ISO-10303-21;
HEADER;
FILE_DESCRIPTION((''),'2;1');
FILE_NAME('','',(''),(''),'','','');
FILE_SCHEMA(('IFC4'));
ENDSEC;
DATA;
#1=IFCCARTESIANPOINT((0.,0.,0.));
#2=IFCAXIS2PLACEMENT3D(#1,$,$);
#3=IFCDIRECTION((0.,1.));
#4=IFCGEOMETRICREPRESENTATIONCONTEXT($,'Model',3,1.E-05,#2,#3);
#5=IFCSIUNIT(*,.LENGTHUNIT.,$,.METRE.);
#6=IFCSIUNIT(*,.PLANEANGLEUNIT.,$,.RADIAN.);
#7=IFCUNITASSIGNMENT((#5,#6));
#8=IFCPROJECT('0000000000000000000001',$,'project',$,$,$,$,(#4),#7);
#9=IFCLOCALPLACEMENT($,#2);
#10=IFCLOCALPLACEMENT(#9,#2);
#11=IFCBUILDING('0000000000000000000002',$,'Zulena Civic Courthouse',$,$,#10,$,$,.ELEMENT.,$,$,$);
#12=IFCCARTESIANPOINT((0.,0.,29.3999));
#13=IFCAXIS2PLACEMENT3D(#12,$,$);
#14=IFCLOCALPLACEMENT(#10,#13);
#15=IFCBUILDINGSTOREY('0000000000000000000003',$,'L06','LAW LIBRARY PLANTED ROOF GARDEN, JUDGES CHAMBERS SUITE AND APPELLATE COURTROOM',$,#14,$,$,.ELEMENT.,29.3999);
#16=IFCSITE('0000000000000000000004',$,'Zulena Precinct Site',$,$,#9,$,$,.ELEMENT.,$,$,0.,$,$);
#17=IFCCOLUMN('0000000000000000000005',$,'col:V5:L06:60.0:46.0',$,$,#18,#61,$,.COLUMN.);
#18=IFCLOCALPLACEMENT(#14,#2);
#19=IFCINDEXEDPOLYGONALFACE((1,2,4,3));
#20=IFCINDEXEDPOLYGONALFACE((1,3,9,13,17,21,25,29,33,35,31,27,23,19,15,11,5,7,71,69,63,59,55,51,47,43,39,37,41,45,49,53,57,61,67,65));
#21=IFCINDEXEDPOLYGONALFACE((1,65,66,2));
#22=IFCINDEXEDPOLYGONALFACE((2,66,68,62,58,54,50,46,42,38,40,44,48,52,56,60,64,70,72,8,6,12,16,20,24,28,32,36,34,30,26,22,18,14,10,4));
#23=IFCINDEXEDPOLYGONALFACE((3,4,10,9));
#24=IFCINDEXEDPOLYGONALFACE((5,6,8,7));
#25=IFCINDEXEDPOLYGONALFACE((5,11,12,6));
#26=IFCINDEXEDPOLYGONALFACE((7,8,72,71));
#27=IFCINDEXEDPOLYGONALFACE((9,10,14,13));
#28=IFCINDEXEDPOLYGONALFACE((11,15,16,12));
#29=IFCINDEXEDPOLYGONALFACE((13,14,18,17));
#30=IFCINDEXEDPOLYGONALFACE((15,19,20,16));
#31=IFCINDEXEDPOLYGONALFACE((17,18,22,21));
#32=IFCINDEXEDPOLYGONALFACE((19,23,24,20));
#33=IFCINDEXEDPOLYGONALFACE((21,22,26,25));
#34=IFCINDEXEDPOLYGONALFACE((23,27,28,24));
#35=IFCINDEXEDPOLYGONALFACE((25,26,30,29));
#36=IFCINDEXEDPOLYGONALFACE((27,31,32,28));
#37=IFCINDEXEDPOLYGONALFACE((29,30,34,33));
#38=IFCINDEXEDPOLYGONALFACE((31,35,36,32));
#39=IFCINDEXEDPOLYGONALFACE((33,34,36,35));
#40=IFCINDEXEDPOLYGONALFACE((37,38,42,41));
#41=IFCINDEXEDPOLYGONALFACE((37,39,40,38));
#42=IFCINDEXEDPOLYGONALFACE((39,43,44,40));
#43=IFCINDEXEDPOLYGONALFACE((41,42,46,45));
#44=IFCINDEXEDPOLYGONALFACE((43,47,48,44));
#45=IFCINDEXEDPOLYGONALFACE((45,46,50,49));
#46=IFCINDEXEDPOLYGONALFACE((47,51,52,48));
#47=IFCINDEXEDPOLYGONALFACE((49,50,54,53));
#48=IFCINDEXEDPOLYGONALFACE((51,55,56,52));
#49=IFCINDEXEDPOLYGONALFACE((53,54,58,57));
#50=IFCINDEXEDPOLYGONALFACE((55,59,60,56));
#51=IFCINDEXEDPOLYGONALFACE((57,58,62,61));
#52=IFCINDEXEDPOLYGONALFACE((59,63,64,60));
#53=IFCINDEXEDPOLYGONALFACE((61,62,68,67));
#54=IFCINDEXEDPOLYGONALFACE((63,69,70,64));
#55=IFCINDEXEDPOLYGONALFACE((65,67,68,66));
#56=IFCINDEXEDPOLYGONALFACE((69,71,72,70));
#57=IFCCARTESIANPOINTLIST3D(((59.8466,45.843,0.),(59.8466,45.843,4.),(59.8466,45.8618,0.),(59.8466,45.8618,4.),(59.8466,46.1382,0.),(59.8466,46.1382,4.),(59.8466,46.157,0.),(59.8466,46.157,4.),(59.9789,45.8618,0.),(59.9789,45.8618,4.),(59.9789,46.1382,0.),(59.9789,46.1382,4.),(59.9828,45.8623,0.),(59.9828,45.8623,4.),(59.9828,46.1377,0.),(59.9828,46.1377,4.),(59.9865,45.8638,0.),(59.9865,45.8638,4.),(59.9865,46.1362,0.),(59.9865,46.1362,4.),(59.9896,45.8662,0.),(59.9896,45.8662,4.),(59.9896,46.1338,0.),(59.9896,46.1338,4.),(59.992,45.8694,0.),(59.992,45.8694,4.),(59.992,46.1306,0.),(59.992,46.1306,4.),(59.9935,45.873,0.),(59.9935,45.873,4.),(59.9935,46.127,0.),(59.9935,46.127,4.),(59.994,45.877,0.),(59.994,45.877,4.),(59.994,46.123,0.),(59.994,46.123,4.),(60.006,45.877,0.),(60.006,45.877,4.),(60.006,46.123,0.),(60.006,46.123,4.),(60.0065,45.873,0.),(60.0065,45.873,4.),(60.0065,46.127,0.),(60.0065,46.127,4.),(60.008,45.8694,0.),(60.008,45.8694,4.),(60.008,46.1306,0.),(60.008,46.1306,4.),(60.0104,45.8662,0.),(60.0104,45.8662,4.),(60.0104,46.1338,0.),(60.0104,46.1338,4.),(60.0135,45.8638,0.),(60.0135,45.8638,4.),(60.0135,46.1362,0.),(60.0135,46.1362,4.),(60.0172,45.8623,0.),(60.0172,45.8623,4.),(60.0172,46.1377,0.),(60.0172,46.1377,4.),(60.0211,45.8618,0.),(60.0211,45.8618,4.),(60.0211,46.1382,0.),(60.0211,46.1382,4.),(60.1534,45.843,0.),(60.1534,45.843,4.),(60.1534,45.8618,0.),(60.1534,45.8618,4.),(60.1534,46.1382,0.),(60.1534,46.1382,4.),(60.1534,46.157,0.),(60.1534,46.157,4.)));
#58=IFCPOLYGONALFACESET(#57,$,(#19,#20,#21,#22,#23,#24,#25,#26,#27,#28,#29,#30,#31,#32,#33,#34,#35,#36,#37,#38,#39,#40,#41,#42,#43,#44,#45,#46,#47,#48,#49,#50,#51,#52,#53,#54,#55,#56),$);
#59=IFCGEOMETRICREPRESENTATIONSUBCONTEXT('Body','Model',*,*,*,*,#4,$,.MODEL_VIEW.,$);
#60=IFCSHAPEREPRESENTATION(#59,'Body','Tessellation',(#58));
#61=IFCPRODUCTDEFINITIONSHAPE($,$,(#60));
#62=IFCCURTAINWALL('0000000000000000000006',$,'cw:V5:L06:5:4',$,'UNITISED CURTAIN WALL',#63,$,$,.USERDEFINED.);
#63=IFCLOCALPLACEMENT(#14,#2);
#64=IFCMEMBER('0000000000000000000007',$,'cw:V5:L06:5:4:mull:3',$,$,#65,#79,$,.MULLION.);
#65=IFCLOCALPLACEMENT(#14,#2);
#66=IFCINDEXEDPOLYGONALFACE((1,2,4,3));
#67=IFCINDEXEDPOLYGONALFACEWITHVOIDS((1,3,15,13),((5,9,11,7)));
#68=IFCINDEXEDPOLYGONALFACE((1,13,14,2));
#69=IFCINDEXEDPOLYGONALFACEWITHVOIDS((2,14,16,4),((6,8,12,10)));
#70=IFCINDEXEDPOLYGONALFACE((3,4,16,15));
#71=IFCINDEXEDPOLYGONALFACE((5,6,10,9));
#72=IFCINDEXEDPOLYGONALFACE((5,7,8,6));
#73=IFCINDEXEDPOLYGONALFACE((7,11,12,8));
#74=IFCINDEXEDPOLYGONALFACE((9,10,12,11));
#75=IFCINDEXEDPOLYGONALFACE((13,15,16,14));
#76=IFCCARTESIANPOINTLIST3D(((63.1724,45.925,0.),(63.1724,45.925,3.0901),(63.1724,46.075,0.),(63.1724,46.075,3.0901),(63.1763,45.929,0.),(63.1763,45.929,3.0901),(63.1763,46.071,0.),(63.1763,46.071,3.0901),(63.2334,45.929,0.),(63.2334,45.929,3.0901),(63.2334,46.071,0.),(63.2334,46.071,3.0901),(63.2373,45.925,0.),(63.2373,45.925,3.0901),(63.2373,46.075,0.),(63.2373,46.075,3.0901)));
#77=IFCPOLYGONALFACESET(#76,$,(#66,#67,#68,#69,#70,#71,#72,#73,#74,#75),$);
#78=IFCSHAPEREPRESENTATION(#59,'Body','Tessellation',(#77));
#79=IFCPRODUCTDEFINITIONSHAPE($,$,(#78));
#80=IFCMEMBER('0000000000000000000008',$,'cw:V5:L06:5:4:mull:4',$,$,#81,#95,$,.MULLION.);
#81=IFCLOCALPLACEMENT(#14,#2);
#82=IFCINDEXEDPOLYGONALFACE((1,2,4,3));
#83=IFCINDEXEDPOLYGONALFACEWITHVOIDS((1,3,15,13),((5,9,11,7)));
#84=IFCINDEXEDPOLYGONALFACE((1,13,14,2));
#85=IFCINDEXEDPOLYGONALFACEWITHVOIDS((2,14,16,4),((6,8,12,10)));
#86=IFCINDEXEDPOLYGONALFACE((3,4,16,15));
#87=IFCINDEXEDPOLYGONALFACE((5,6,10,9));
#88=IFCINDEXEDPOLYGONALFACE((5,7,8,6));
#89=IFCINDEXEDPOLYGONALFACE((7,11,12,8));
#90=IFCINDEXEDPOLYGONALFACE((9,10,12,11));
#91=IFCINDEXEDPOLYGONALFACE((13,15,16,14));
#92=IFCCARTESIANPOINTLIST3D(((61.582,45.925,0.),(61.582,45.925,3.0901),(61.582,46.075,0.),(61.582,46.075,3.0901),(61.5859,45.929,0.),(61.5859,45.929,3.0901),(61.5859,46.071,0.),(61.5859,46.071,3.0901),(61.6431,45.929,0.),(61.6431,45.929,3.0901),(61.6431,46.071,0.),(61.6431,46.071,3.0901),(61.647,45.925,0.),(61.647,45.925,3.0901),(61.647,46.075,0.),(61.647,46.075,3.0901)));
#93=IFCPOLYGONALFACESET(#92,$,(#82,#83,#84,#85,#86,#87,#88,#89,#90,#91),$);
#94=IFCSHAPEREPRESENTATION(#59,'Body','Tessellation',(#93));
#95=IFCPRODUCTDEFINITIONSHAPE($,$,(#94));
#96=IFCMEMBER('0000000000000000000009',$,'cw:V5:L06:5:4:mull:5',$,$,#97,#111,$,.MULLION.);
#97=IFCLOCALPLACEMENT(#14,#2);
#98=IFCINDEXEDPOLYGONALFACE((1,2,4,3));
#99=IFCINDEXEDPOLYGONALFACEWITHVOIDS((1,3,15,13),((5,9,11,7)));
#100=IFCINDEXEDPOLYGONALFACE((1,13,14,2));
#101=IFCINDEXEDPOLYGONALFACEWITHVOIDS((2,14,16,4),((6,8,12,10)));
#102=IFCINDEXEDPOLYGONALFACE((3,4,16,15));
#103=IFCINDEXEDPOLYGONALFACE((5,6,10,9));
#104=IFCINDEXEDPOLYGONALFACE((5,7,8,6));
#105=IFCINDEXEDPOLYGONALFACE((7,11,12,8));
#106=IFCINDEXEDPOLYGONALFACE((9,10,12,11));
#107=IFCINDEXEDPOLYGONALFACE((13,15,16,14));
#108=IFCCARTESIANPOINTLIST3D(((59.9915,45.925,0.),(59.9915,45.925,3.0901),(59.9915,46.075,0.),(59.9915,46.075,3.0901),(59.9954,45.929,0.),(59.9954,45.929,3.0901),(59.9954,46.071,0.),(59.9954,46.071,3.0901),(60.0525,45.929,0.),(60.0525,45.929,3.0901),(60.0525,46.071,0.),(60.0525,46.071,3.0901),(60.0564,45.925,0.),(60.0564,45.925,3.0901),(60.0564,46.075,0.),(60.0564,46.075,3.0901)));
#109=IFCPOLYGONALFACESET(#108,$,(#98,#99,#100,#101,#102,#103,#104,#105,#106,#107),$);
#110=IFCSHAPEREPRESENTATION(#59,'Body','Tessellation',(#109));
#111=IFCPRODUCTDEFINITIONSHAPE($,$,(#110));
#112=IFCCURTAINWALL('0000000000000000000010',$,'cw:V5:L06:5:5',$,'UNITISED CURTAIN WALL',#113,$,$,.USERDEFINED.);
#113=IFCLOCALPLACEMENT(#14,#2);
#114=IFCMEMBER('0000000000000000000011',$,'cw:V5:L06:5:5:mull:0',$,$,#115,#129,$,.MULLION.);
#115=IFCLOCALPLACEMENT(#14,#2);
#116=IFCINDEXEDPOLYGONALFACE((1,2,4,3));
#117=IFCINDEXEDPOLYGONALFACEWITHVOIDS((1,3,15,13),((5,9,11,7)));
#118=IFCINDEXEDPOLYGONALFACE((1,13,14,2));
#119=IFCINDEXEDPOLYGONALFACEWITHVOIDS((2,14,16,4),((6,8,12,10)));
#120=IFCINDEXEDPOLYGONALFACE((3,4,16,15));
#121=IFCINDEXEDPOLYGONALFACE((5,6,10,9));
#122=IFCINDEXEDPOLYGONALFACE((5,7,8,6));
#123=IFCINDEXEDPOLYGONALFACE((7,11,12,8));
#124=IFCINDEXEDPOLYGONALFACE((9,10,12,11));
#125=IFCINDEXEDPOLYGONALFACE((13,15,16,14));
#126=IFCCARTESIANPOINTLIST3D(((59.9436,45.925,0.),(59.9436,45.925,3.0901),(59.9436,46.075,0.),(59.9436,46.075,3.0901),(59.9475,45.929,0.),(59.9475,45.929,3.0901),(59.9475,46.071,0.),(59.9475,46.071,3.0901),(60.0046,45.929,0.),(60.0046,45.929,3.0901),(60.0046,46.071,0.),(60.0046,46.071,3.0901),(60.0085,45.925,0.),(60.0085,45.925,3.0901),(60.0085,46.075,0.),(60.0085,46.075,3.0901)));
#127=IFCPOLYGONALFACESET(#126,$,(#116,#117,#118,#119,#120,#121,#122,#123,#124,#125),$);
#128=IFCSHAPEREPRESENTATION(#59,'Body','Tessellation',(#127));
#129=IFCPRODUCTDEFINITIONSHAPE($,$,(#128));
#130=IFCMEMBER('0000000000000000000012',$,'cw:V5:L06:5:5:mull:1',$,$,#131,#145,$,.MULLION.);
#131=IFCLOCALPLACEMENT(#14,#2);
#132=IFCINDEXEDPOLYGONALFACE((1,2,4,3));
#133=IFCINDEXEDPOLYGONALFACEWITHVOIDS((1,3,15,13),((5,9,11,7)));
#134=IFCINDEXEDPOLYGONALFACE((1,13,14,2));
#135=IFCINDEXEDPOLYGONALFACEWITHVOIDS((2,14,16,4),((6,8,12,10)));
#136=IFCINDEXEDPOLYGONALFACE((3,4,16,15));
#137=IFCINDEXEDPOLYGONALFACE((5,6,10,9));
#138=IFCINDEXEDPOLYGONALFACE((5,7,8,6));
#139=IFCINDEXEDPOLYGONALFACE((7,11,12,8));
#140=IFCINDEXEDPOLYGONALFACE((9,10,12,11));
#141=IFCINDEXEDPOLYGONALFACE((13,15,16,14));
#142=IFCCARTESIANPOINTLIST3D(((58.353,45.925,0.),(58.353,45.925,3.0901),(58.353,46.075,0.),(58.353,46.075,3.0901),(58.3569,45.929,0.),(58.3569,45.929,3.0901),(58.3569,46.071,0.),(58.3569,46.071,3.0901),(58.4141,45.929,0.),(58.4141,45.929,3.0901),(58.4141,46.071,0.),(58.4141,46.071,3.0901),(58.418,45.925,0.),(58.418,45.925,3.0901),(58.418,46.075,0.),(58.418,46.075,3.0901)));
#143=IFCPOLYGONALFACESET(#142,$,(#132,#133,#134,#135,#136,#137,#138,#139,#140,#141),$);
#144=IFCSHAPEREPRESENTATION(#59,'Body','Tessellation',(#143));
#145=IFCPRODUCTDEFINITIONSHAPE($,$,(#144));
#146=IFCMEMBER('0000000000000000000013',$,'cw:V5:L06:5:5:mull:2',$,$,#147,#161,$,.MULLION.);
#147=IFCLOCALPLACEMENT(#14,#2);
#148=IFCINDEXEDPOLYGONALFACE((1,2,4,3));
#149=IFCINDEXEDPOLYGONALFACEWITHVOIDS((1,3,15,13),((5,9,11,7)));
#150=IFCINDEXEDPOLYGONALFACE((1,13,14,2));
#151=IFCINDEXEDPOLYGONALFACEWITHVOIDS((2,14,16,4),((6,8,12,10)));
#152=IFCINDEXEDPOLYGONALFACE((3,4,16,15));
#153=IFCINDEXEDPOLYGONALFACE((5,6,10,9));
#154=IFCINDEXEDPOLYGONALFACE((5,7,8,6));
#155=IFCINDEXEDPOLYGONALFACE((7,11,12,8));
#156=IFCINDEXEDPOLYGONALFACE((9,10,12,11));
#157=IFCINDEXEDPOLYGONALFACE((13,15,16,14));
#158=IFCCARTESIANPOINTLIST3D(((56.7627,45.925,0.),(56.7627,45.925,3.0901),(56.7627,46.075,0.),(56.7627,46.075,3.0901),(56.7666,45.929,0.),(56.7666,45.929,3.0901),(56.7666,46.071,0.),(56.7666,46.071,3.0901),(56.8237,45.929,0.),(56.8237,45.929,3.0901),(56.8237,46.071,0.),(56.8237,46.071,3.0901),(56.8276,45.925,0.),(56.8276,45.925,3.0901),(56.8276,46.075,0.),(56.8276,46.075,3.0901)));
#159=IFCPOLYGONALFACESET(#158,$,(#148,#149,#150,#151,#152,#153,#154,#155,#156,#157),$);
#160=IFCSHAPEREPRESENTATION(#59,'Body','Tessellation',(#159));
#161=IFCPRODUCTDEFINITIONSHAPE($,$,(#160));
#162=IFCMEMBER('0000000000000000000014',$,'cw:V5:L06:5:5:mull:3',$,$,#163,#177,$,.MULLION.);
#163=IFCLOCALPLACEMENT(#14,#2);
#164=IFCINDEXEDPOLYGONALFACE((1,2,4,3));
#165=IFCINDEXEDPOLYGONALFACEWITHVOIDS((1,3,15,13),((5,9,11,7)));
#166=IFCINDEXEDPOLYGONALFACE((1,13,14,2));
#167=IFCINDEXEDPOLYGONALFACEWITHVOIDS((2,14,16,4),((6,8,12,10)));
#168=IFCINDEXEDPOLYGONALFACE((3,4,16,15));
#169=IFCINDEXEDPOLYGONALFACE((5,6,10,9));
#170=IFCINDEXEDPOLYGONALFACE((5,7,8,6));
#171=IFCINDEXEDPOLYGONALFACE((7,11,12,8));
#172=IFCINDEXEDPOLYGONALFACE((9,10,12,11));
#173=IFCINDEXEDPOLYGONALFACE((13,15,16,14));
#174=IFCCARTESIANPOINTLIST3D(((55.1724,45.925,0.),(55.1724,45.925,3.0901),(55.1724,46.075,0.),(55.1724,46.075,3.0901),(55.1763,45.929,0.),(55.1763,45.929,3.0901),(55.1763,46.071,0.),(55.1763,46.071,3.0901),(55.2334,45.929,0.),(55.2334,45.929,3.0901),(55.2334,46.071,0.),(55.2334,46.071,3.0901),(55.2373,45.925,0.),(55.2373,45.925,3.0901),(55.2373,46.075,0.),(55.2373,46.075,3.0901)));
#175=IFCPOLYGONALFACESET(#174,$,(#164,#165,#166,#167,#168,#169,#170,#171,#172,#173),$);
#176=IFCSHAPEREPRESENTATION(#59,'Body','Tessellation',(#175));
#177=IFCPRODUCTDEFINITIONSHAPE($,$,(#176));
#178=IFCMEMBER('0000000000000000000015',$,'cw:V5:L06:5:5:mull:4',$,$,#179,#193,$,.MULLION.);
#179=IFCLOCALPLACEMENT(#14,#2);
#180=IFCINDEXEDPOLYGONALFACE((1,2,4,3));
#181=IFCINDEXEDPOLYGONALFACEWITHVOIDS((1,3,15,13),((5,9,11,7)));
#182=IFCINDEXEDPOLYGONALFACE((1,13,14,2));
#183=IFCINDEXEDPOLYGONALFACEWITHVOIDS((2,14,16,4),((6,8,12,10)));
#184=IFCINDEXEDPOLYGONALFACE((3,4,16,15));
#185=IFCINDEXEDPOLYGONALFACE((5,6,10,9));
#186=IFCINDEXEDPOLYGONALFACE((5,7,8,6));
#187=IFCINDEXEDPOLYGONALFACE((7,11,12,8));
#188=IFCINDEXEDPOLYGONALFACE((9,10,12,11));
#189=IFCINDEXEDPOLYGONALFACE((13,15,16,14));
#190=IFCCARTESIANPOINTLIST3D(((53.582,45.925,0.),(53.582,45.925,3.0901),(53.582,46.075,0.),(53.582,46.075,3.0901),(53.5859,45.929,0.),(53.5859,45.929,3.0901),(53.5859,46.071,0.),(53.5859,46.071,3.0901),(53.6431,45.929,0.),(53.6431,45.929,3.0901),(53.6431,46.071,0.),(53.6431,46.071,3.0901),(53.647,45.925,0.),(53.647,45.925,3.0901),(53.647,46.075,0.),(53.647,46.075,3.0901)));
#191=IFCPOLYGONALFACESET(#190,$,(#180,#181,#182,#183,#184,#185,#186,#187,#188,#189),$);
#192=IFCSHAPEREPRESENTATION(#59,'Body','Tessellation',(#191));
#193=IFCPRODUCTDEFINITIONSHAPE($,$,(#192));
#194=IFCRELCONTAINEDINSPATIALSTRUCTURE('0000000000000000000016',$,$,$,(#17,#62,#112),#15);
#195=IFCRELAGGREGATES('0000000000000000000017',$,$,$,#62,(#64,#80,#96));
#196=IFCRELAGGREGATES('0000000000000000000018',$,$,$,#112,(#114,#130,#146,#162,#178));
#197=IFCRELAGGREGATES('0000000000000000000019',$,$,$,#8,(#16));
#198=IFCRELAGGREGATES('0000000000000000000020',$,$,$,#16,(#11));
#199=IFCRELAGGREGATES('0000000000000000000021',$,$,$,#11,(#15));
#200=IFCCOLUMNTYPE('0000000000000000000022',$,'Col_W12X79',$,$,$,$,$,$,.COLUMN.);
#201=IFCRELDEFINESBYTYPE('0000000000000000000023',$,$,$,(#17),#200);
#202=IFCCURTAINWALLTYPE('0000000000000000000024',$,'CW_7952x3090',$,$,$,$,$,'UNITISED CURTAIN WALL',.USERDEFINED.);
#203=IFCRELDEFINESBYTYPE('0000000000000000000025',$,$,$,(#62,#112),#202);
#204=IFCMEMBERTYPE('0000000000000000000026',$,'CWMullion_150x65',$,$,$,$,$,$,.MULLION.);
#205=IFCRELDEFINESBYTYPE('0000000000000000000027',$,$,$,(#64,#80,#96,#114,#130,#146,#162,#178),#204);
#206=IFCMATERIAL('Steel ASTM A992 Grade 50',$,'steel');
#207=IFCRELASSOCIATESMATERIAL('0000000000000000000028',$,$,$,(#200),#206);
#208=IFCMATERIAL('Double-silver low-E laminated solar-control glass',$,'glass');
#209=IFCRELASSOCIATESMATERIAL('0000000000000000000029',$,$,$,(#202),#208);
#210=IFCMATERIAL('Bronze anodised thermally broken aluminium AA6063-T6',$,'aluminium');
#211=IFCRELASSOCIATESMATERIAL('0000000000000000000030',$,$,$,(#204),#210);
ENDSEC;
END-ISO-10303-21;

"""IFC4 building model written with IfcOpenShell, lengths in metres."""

from ifc_helpers import new_model, si_unit, direction, frame, origin, origin_2d, place, context, subcontext, project, spatial, hollow_rectangle, i_section, extrude, material, material_profile, profile_set, type_object, element, aggregate, save


model = new_model("IFC4")

# Units and contexts
model_context = context("Model", 3, precision=1e-05, world=origin(), true_north=direction((0.0, 1.0)))
body_context = subcontext(model_context, "Body", "Model", "MODEL_VIEW")
ifc_project = project(units=[si_unit("LENGTHUNIT", "METRE"), si_unit("PLANEANGLEUNIT", "RADIAN")], contexts=[model_context])

# Site, building, storey
site_placement = place(None, origin())
site = spatial("IfcSite", under=ifc_project, at=site_placement, Name="Zulena Precinct Site", CompositionType="ELEMENT", RefElevation=0.0)
building_placement = place(site_placement, origin())
building = spatial("IfcBuilding", under=site, at=building_placement, Name="Zulena Civic Courthouse", CompositionType="ELEMENT")
storey_placement = place(building_placement, frame((0.0, 0.0, 29.3999)))
storey = spatial("IfcBuildingStorey", under=building, at=storey_placement, Name="L06", Description="LAW LIBRARY PLANTED ROOF GARDEN, JUDGES CHAMBERS SUITE AND APPELLATE COURTROOM", CompositionType="ELEMENT", Elevation=29.3999)

# Column
ifc_material_1 = material(Name="Steel ASTM A992 Grade 50", Category="steel")
ifc_material_profile_1 = material_profile(ifc_material_1, i_section(OverallWidth=0.3069, OverallDepth=0.314, WebThickness=0.012, FlangeThickness=0.0188, FilletRadius=0.0151, at=origin_2d()), Name="W12X79")
ifc_profile_set_1 = profile_set([ifc_material_profile_1], Name="Steel ASTM A992 Grade 50")
column_type = type_object("IfcColumnType", Name="Col_W12X79", PredefinedType="COLUMN", material=ifc_profile_set_1)
column_placement = place(storey_placement, frame((60.0, 46.0, 0.0), z_axis=(0.0, 0.0, 1.0), x_axis=(1.0, 0.0, 0.0)))
element("IfcColumn", 1, at=column_placement, inside=storey, type_object=column_type, Name="col:V5:L06:60.0:46.0", PredefinedType="COLUMN", context=body_context, shape_type="SweptSolid", body=[
    extrude(i_section(OverallWidth=0.3069, OverallDepth=0.314, WebThickness=0.012, FlangeThickness=0.0188, FilletRadius=0.0151, at=origin_2d()), origin(), (0.0, 0.0, 1.0), 4.0),
])

# Curtain walls, members
ifc_material_2 = material(Name="Double-silver low-E laminated solar-control glass", Category="glass")
curtain_wall_type = type_object("IfcCurtainWallType", Name="CW_7952x3090", ElementType="UNITISED CURTAIN WALL", PredefinedType="USERDEFINED", material=ifc_material_2)
curtain_wall_1_placement = place(storey_placement, origin())
curtain_wall_1 = element("IfcCurtainWall", 2, at=curtain_wall_1_placement, inside=storey, type_object=curtain_wall_type, Name="cw:V5:L06:5:4", ObjectType="UNITISED CURTAIN WALL", PredefinedType="USERDEFINED")
ifc_material_3 = material(Name="Bronze anodised thermally broken aluminium AA6063-T6", Category="aluminium")
ifc_material_profile_2 = material_profile(ifc_material_3, hollow_rectangle(XDim=0.0649, YDim=0.1499, WallThickness=0.0039, at=origin_2d()), Name="CWM150X65X4")
ifc_profile_set_2 = profile_set([ifc_material_profile_2], Name="Bronze anodised thermally broken aluminium AA6063-T6")
member_type_1 = type_object("IfcMemberType", Name="CWMullion_150x65", PredefinedType="MULLION", material=ifc_profile_set_2)
member_1_placement = place(storey_placement, frame((63.2048, 46.0, 0.0), z_axis=(0.0, 0.0, 1.0), x_axis=(1.0, 0.0, 0.0)))
member_1 = element("IfcMember", 3, at=member_1_placement, type_object=member_type_1, Name="cw:V5:L06:5:4:mull:3", PredefinedType="MULLION", context=body_context, shape_type="SweptSolid", body=[
    extrude(hollow_rectangle(XDim=0.0649, YDim=0.1499, WallThickness=0.0039, at=origin_2d()), origin(), (0.0, 0.0, 1.0), 3.0901),
])
member_2_placement = place(storey_placement, frame((61.6145, 46.0, 0.0), z_axis=(0.0, 0.0, 1.0), x_axis=(1.0, 0.0, 0.0)))
member_2 = element("IfcMember", 4, at=member_2_placement, type_object=member_type_1, Name="cw:V5:L06:5:4:mull:4", PredefinedType="MULLION", context=body_context, shape_type="SweptSolid", body=[
    extrude(hollow_rectangle(XDim=0.0649, YDim=0.1499, WallThickness=0.0039, at=origin_2d()), origin(), (0.0, 0.0, 1.0), 3.0901),
])
member_3_placement = place(storey_placement, frame((60.0239, 46.0, 0.0), z_axis=(0.0, 0.0, 1.0), x_axis=(1.0, 0.0, 0.0)))
member_3 = element("IfcMember", 5, at=member_3_placement, type_object=member_type_1, Name="cw:V5:L06:5:4:mull:5", PredefinedType="MULLION", context=body_context, shape_type="SweptSolid", body=[
    extrude(hollow_rectangle(XDim=0.0649, YDim=0.1499, WallThickness=0.0039, at=origin_2d()), origin(), (0.0, 0.0, 1.0), 3.0901),
])
curtain_wall_2_placement = place(storey_placement, origin())
curtain_wall_2 = element("IfcCurtainWall", 6, at=curtain_wall_2_placement, inside=storey, type_object=curtain_wall_type, Name="cw:V5:L06:5:5", ObjectType="UNITISED CURTAIN WALL", PredefinedType="USERDEFINED")
member_4_placement = place(storey_placement, frame((59.9761, 46.0, 0.0), z_axis=(0.0, 0.0, 1.0), x_axis=(1.0, 0.0, 0.0)))
member_4 = element("IfcMember", 7, at=member_4_placement, type_object=member_type_1, Name="cw:V5:L06:5:5:mull:0", PredefinedType="MULLION", context=body_context, shape_type="SweptSolid", body=[
    extrude(hollow_rectangle(XDim=0.0649, YDim=0.1499, WallThickness=0.0039, at=origin_2d()), origin(), (0.0, 0.0, 1.0), 3.0901),
])
member_5_placement = place(storey_placement, frame((58.3855, 46.0, 0.0), z_axis=(0.0, 0.0, 1.0), x_axis=(1.0, 0.0, 0.0)))
member_5 = element("IfcMember", 8, at=member_5_placement, type_object=member_type_1, Name="cw:V5:L06:5:5:mull:1", PredefinedType="MULLION", context=body_context, shape_type="SweptSolid", body=[
    extrude(hollow_rectangle(XDim=0.0649, YDim=0.1499, WallThickness=0.0039, at=origin_2d()), origin(), (0.0, 0.0, 1.0), 3.0901),
])
member_6_placement = place(storey_placement, frame((56.7952, 46.0, 0.0), z_axis=(0.0, 0.0, 1.0), x_axis=(1.0, 0.0, 0.0)))
member_6 = element("IfcMember", 9, at=member_6_placement, type_object=member_type_1, Name="cw:V5:L06:5:5:mull:2", PredefinedType="MULLION", context=body_context, shape_type="SweptSolid", body=[
    extrude(hollow_rectangle(XDim=0.0649, YDim=0.1499, WallThickness=0.0039, at=origin_2d()), origin(), (0.0, 0.0, 1.0), 3.0901),
])
member_7_placement = place(storey_placement, frame((55.2048, 46.0, 0.0), z_axis=(0.0, 0.0, 1.0), x_axis=(1.0, 0.0, 0.0)))
member_7 = element("IfcMember", 10, at=member_7_placement, type_object=member_type_1, Name="cw:V5:L06:5:5:mull:3", PredefinedType="MULLION", context=body_context, shape_type="SweptSolid", body=[
    extrude(hollow_rectangle(XDim=0.0649, YDim=0.1499, WallThickness=0.0039, at=origin_2d()), origin(), (0.0, 0.0, 1.0), 3.0901),
])
member_8_placement = place(storey_placement, frame((53.6145, 46.0, 0.0), z_axis=(0.0, 0.0, 1.0), x_axis=(1.0, 0.0, 0.0)))
member_8 = element("IfcMember", 11, at=member_8_placement, type_object=member_type_1, Name="cw:V5:L06:5:5:mull:4", PredefinedType="MULLION", context=body_context, shape_type="SweptSolid", body=[
    extrude(hollow_rectangle(XDim=0.0649, YDim=0.1499, WallThickness=0.0039, at=origin_2d()), origin(), (0.0, 0.0, 1.0), 3.0901),
])

aggregate(curtain_wall_1, [member_1, member_2, member_3])
aggregate(curtain_wall_2, [member_4, member_5, member_6, member_7, member_8])

save(model, "model.ifc")
